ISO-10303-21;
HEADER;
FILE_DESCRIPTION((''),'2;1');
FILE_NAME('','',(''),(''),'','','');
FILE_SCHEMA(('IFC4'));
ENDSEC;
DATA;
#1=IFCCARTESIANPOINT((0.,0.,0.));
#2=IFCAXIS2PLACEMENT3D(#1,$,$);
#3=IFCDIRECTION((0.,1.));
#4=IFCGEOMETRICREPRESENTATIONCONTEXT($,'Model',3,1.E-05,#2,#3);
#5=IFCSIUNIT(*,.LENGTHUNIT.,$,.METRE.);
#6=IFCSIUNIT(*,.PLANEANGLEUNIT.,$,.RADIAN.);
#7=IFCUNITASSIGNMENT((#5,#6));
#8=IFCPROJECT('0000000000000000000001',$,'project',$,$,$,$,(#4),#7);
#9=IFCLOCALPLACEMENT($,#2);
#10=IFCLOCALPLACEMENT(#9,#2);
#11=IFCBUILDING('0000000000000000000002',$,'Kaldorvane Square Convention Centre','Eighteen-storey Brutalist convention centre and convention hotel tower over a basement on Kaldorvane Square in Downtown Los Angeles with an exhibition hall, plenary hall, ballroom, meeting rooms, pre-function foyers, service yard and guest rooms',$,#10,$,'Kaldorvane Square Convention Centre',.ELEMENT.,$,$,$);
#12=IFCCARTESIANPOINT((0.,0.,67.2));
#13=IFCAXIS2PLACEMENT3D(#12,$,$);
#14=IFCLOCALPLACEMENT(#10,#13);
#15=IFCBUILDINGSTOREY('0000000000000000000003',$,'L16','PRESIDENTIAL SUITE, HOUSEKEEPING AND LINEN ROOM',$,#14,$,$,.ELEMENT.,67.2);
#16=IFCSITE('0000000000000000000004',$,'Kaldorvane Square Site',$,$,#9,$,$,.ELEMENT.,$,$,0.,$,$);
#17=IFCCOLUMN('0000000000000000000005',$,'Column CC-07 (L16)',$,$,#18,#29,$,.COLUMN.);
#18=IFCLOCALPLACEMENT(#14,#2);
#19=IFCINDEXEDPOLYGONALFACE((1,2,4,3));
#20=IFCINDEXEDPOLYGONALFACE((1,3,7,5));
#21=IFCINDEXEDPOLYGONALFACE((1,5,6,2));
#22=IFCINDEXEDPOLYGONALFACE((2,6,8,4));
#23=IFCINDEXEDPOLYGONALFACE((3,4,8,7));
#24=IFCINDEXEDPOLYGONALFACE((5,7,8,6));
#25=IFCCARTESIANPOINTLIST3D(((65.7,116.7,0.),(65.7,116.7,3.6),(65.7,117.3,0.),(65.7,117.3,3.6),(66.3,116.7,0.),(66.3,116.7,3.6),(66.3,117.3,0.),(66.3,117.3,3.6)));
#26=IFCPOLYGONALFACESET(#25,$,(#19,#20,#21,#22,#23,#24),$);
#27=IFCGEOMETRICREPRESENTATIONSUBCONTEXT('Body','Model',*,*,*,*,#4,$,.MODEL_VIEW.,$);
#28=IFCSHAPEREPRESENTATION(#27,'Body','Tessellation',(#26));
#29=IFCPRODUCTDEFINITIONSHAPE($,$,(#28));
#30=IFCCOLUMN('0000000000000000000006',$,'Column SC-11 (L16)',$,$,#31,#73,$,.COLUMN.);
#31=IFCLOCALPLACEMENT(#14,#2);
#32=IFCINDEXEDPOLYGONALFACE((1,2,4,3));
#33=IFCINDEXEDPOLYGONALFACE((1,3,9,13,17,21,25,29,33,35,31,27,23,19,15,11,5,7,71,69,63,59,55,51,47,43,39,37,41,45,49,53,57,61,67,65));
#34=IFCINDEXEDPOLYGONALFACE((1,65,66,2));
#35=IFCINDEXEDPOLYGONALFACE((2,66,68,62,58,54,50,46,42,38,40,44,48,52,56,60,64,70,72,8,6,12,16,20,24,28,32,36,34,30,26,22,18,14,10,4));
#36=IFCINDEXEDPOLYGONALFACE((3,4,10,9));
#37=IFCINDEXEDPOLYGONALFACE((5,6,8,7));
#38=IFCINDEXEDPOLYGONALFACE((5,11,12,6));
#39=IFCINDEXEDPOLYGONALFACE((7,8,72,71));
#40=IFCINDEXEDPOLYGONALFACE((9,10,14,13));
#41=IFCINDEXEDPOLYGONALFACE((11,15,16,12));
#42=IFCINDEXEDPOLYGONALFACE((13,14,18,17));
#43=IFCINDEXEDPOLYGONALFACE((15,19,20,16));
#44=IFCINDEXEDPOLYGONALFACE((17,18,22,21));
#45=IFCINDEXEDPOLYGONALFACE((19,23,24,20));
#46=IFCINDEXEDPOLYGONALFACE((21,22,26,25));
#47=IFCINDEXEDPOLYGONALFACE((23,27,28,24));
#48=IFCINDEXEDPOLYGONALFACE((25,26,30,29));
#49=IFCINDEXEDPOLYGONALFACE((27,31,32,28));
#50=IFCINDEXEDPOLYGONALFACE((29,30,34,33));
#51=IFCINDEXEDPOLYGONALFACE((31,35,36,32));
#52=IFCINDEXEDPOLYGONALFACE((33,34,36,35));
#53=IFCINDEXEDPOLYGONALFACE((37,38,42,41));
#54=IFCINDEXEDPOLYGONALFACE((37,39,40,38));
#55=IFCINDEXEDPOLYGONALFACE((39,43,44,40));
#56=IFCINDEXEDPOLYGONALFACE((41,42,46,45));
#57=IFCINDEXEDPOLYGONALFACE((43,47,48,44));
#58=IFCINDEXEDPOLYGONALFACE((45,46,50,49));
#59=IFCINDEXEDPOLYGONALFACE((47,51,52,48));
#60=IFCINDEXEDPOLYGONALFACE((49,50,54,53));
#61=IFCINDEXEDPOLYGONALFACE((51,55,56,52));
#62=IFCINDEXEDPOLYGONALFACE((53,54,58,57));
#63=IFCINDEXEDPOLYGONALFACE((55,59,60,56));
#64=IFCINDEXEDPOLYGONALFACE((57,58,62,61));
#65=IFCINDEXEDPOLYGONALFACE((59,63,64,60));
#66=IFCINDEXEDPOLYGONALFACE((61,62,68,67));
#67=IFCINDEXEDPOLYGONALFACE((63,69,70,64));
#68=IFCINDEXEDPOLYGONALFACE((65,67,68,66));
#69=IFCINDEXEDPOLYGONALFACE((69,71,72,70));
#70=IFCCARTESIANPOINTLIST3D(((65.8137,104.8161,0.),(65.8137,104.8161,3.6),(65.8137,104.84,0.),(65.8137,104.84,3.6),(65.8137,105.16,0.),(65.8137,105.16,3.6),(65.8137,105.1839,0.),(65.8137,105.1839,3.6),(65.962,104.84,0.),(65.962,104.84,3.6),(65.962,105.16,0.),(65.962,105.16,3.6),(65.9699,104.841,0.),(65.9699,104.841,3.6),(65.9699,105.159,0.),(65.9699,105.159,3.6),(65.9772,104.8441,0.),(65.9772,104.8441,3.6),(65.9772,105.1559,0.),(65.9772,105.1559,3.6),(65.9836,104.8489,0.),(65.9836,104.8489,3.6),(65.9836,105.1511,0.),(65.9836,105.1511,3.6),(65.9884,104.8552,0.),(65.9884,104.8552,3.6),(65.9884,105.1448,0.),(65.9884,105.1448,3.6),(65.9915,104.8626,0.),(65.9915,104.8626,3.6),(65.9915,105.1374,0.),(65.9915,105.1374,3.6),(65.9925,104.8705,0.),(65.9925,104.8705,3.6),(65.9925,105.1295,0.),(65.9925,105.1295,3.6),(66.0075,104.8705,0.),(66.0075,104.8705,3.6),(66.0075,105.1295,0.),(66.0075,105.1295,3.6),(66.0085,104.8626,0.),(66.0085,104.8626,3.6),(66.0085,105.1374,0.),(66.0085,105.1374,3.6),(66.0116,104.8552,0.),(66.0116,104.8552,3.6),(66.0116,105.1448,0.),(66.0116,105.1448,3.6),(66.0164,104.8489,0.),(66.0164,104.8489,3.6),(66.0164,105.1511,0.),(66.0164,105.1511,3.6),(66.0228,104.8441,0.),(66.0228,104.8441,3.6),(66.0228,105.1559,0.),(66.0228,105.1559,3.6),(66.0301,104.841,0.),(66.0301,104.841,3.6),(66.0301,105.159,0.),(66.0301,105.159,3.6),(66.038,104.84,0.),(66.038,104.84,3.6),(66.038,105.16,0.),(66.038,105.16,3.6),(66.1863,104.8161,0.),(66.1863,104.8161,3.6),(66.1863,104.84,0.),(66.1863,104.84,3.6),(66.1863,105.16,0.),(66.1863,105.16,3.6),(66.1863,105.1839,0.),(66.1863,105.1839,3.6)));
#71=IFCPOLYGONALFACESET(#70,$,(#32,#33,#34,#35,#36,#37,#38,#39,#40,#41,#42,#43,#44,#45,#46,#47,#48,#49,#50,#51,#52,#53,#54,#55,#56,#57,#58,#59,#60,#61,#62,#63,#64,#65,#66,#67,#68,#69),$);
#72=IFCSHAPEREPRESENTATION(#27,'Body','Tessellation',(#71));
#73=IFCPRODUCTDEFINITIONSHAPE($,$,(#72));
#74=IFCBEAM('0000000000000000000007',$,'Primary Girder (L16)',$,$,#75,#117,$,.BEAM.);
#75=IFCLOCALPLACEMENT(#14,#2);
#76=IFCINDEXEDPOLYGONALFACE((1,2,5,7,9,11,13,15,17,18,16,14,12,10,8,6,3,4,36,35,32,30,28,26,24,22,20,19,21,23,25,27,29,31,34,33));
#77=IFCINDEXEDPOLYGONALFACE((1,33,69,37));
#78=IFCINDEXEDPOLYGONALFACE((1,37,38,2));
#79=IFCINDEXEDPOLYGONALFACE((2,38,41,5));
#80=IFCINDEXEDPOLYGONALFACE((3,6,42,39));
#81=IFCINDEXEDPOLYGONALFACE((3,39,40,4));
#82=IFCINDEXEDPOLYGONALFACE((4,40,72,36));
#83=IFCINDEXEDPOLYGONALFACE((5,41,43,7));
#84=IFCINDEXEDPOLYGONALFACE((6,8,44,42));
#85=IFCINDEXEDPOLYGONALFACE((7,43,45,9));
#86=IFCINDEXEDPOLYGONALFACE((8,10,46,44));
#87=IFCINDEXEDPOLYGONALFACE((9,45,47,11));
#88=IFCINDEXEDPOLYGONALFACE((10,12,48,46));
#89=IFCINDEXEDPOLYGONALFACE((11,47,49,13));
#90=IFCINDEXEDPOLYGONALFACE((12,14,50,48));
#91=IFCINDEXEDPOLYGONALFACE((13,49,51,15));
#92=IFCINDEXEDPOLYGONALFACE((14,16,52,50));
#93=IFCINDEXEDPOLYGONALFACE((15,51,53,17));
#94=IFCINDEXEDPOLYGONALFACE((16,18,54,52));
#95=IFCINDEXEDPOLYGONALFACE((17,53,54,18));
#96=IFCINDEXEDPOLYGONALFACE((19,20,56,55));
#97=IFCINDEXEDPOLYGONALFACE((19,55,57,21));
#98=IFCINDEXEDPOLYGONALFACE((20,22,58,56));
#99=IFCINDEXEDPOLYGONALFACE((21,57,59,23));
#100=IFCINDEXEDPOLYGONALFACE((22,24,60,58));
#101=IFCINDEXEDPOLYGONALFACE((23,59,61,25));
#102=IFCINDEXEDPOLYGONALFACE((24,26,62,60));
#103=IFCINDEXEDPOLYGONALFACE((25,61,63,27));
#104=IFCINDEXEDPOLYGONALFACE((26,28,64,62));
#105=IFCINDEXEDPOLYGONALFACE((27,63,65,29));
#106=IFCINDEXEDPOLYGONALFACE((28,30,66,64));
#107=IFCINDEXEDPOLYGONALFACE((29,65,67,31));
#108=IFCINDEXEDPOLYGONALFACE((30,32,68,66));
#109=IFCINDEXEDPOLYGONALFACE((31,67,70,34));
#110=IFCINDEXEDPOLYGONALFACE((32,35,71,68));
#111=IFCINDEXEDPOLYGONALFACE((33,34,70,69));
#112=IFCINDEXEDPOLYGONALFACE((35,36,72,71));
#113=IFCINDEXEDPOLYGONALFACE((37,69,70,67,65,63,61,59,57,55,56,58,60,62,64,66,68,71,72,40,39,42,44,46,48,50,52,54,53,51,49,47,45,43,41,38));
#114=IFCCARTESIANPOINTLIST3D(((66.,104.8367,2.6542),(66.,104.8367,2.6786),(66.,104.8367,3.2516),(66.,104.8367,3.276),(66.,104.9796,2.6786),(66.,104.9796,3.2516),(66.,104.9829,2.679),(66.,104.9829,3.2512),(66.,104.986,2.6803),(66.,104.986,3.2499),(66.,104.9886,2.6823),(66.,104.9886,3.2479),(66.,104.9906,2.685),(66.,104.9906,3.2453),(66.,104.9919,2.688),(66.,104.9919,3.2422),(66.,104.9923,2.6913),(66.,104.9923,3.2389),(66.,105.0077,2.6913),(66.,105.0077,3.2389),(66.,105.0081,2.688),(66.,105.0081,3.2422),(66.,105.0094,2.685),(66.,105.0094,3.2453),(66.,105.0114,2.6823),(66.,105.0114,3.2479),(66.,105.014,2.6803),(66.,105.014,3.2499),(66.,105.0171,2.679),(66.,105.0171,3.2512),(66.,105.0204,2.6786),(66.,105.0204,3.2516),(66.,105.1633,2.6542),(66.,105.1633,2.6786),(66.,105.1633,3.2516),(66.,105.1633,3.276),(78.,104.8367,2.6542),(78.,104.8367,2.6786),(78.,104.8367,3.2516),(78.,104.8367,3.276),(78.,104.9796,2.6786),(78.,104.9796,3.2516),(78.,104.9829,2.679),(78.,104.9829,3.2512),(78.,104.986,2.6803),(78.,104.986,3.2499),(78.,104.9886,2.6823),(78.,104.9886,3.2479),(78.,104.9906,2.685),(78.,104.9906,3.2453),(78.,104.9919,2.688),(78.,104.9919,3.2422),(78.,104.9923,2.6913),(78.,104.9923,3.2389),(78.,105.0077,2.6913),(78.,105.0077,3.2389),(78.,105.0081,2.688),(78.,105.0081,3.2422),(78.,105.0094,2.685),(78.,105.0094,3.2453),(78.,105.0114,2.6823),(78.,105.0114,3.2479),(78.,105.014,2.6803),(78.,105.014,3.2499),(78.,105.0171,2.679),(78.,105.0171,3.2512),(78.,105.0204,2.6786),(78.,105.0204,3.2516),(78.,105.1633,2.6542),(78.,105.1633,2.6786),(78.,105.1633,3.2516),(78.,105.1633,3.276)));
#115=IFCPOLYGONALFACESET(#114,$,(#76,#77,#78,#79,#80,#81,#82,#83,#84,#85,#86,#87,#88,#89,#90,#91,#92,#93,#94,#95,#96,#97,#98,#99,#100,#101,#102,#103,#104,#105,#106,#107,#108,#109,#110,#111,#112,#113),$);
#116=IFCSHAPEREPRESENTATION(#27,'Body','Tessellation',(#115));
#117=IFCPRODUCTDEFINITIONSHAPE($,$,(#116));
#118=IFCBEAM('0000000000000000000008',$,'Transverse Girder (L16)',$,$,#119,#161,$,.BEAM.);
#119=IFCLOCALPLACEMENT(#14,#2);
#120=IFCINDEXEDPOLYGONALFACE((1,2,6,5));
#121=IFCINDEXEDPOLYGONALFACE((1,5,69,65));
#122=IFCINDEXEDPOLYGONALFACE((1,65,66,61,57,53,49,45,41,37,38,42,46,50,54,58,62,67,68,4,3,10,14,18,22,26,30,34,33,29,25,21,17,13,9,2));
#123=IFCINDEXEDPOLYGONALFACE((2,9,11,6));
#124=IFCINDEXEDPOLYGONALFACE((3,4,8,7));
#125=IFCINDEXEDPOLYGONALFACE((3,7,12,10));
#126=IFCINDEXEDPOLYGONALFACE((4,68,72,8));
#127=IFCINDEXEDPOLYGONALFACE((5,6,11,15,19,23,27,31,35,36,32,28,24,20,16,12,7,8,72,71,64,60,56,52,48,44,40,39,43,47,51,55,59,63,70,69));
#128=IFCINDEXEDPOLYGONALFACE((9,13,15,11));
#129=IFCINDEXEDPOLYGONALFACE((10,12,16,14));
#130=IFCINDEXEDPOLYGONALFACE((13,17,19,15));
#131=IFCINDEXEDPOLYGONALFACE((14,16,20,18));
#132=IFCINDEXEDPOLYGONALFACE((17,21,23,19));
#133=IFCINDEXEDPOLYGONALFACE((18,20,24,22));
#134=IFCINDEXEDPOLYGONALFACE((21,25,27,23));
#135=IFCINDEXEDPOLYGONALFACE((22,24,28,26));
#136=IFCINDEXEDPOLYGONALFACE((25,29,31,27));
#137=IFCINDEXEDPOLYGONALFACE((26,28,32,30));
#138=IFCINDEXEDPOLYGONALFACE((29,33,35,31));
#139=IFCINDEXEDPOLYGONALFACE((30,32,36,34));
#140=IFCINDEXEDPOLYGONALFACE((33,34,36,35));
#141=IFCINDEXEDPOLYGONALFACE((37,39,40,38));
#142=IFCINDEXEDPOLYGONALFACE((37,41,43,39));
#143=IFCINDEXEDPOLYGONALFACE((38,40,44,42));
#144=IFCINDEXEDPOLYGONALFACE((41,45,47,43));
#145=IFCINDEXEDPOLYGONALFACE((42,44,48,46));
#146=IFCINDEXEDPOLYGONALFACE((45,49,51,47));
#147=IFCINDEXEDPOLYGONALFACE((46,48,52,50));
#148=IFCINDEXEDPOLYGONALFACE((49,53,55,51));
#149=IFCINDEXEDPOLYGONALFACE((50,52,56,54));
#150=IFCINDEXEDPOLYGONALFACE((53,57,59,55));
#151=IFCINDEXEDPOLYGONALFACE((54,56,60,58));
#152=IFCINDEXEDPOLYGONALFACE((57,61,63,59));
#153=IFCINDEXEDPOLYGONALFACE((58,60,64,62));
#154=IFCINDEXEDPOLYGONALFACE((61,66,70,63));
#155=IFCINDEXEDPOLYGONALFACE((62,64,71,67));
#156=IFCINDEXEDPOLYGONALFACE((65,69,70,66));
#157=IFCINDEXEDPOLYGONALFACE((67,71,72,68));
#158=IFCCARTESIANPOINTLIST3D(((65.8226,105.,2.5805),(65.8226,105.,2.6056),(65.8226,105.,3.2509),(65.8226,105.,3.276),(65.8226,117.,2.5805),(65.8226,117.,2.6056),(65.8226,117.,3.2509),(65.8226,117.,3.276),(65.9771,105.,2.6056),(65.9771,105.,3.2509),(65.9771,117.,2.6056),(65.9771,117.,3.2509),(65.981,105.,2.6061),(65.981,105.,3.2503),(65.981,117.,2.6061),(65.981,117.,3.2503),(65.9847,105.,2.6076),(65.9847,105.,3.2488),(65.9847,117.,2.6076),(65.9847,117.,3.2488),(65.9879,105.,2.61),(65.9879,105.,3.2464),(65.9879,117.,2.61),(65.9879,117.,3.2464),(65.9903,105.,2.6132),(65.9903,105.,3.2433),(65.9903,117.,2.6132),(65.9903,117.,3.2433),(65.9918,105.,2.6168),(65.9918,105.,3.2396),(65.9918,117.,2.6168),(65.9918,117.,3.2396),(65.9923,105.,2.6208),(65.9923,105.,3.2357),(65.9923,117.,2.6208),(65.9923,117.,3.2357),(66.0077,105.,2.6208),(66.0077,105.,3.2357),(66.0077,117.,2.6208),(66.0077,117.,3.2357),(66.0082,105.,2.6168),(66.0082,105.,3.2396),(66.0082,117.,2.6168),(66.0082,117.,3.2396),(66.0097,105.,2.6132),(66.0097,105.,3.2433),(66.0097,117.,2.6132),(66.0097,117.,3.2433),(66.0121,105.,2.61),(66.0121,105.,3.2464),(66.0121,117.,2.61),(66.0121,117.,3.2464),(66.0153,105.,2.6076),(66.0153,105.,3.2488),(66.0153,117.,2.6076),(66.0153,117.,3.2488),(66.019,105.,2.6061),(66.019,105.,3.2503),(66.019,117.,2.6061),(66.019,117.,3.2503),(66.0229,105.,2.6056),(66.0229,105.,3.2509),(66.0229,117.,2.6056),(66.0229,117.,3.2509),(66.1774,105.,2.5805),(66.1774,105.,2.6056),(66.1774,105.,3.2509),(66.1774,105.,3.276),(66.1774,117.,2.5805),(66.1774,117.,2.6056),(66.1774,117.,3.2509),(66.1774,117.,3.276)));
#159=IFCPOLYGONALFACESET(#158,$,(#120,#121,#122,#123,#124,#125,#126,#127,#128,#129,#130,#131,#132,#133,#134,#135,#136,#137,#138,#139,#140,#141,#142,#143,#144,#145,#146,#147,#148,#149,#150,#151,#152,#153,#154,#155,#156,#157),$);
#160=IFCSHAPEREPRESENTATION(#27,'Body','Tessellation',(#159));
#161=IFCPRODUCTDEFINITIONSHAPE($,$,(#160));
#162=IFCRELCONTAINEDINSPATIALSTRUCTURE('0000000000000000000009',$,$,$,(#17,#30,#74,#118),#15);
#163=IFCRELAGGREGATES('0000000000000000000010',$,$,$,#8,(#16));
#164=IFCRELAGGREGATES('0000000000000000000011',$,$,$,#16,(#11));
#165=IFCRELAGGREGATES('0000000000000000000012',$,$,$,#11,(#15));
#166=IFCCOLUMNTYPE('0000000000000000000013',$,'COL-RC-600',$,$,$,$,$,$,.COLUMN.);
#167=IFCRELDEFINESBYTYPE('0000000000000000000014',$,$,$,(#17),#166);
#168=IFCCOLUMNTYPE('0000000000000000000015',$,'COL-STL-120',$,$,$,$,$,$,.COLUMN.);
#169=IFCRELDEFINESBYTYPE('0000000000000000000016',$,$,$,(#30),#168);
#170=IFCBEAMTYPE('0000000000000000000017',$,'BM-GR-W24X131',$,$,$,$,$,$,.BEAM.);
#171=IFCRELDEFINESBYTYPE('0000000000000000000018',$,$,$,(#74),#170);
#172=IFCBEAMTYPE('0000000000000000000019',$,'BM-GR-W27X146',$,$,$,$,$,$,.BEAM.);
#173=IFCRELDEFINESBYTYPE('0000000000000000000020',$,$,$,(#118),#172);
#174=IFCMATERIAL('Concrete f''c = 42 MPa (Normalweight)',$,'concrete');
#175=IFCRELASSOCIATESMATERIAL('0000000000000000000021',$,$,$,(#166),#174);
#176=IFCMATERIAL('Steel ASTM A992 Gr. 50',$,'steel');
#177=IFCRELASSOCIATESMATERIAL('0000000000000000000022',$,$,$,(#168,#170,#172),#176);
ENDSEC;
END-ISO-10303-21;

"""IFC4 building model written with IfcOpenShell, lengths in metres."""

from ifc_helpers import new_model, si_unit, direction, frame, origin, origin_2d, place, context, subcontext, project, spatial, rectangle, i_section, extrude, material, material_profile, profile_set, type_object, element, save


model = new_model("IFC4")

# Units and contexts
model_context = context("Model", 3, precision=1e-05, world=origin(), true_north=direction((0.0, 1.0)))
body_context = subcontext(model_context, "Body", "Model", "MODEL_VIEW")
ifc_project = project(units=[si_unit("LENGTHUNIT", "METRE"), si_unit("PLANEANGLEUNIT", "RADIAN")], contexts=[model_context])

# Site, building, storey
site_placement = place(None, origin())
site = spatial("IfcSite", under=ifc_project, at=site_placement, Name="Kaldorvane Square Site", CompositionType="ELEMENT", RefElevation=0.0)
building_placement = place(site_placement, origin())
building = spatial("IfcBuilding", under=site, at=building_placement, Name="Kaldorvane Square Convention Centre", Description="Eighteen-storey Brutalist convention centre and convention hotel tower over a basement on Kaldorvane Square in Downtown Los Angeles with an exhibition hall, plenary hall, ballroom, meeting rooms, pre-function foyers, service yard and guest rooms", LongName="Kaldorvane Square Convention Centre", CompositionType="ELEMENT")
storey_placement = place(building_placement, frame((0.0, 0.0, 67.2)))
storey = spatial("IfcBuildingStorey", under=building, at=storey_placement, Name="L16", Description="PRESIDENTIAL SUITE, HOUSEKEEPING AND LINEN ROOM", CompositionType="ELEMENT", Elevation=67.2)

# Columns
ifc_material_1 = material(Name="Concrete f'c = 42 MPa (Normalweight)", Category="concrete")
ifc_material_profile_1 = material_profile(ifc_material_1, rectangle(XDim=0.6, YDim=0.6, at=origin_2d()), Name="RC600X600")
ifc_profile_set_1 = profile_set([ifc_material_profile_1], Name="Concrete f'c = 42 MPa (Normalweight)")
column_type_1 = type_object("IfcColumnType", Name="COL-RC-600", PredefinedType="COLUMN", material=ifc_profile_set_1)
column_1_placement = place(storey_placement, frame((66.0, 117.0, 0.0), z_axis=(0.0, 0.0, 1.0), x_axis=(1.0, 0.0, 0.0)))
element("IfcColumn", 1, at=column_1_placement, inside=storey, type_object=column_type_1, Name="Column CC-07 (L16)", PredefinedType="COLUMN", context=body_context, shape_type="SweptSolid", body=[
    extrude(rectangle(XDim=0.6, YDim=0.6, at=origin_2d()), origin(), (0.0, 0.0, 1.0), 3.6),
])
ifc_material_2 = material(Name="Steel ASTM A992 Gr. 50", Category="steel")
ifc_material_profile_2 = material_profile(ifc_material_2, i_section(OverallWidth=0.3726, OverallDepth=0.3678, WebThickness=0.015, FlangeThickness=0.0239, FilletRadius=0.0305, at=origin_2d()), Name="W14X120")
ifc_profile_set_2 = profile_set([ifc_material_profile_2], Name="Steel ASTM A992 Gr. 50")
column_type_2 = type_object("IfcColumnType", Name="COL-STL-120", PredefinedType="COLUMN", material=ifc_profile_set_2)
column_2_placement = place(storey_placement, frame((66.0, 105.0, 0.0), z_axis=(0.0, 0.0, 1.0), x_axis=(1.0, 0.0, 0.0)))
element("IfcColumn", 2, at=column_2_placement, inside=storey, type_object=column_type_2, Name="Column SC-11 (L16)", PredefinedType="COLUMN", context=body_context, shape_type="SweptSolid", body=[
    extrude(i_section(OverallWidth=0.3726, OverallDepth=0.3678, WebThickness=0.015, FlangeThickness=0.0239, FilletRadius=0.0305, at=origin_2d()), origin(), (0.0, 0.0, 1.0), 3.6),
])

# Beams
ifc_material_profile_3 = material_profile(ifc_material_2, i_section(OverallWidth=0.3265, OverallDepth=0.6218, WebThickness=0.0154, FlangeThickness=0.0244, FilletRadius=0.0127, at=origin_2d()), Name="W24X131")
ifc_profile_set_3 = profile_set([ifc_material_profile_3], Name="Steel ASTM A992 Gr. 50")
beam_type_1 = type_object("IfcBeamType", Name="BM-GR-W24X131", PredefinedType="BEAM", material=ifc_profile_set_3)
beam_1_placement = place(storey_placement, frame((66.0, 105.0, 2.9651), z_axis=(1.0, 0.0, 0.0), x_axis=(0.0, 1.0, 0.0)))
element("IfcBeam", 3, at=beam_1_placement, inside=storey, type_object=beam_type_1, Name="Primary Girder (L16)", PredefinedType="BEAM", context=body_context, shape_type="SweptSolid", body=[
    extrude(i_section(OverallWidth=0.3265, OverallDepth=0.6218, WebThickness=0.0154, FlangeThickness=0.0244, FilletRadius=0.0127, at=origin_2d()), origin(), (0.0, 0.0, 1.0), 12.0),
])
ifc_material_profile_4 = material_profile(ifc_material_2, i_section(OverallWidth=0.3547, OverallDepth=0.6955, WebThickness=0.0154, FlangeThickness=0.0251, FilletRadius=0.0152, at=origin_2d()), Name="W27X146")
ifc_profile_set_4 = profile_set([ifc_material_profile_4], Name="Steel ASTM A992 Gr. 50")
beam_type_2 = type_object("IfcBeamType", Name="BM-GR-W27X146", PredefinedType="BEAM", material=ifc_profile_set_4)
beam_2_placement = place(storey_placement, frame((66.0, 105.0, 2.9282), z_axis=(0.0, 1.0, 0.0), x_axis=(-1.0, 0.0, 0.0)))
element("IfcBeam", 4, at=beam_2_placement, inside=storey, type_object=beam_type_2, Name="Transverse Girder (L16)", PredefinedType="BEAM", context=body_context, shape_type="SweptSolid", body=[
    extrude(i_section(OverallWidth=0.3547, OverallDepth=0.6955, WebThickness=0.0154, FlangeThickness=0.0251, FilletRadius=0.0152, at=origin_2d()), origin(), (0.0, 0.0, 1.0), 12.0),
])

save(model, "model.ifc")
